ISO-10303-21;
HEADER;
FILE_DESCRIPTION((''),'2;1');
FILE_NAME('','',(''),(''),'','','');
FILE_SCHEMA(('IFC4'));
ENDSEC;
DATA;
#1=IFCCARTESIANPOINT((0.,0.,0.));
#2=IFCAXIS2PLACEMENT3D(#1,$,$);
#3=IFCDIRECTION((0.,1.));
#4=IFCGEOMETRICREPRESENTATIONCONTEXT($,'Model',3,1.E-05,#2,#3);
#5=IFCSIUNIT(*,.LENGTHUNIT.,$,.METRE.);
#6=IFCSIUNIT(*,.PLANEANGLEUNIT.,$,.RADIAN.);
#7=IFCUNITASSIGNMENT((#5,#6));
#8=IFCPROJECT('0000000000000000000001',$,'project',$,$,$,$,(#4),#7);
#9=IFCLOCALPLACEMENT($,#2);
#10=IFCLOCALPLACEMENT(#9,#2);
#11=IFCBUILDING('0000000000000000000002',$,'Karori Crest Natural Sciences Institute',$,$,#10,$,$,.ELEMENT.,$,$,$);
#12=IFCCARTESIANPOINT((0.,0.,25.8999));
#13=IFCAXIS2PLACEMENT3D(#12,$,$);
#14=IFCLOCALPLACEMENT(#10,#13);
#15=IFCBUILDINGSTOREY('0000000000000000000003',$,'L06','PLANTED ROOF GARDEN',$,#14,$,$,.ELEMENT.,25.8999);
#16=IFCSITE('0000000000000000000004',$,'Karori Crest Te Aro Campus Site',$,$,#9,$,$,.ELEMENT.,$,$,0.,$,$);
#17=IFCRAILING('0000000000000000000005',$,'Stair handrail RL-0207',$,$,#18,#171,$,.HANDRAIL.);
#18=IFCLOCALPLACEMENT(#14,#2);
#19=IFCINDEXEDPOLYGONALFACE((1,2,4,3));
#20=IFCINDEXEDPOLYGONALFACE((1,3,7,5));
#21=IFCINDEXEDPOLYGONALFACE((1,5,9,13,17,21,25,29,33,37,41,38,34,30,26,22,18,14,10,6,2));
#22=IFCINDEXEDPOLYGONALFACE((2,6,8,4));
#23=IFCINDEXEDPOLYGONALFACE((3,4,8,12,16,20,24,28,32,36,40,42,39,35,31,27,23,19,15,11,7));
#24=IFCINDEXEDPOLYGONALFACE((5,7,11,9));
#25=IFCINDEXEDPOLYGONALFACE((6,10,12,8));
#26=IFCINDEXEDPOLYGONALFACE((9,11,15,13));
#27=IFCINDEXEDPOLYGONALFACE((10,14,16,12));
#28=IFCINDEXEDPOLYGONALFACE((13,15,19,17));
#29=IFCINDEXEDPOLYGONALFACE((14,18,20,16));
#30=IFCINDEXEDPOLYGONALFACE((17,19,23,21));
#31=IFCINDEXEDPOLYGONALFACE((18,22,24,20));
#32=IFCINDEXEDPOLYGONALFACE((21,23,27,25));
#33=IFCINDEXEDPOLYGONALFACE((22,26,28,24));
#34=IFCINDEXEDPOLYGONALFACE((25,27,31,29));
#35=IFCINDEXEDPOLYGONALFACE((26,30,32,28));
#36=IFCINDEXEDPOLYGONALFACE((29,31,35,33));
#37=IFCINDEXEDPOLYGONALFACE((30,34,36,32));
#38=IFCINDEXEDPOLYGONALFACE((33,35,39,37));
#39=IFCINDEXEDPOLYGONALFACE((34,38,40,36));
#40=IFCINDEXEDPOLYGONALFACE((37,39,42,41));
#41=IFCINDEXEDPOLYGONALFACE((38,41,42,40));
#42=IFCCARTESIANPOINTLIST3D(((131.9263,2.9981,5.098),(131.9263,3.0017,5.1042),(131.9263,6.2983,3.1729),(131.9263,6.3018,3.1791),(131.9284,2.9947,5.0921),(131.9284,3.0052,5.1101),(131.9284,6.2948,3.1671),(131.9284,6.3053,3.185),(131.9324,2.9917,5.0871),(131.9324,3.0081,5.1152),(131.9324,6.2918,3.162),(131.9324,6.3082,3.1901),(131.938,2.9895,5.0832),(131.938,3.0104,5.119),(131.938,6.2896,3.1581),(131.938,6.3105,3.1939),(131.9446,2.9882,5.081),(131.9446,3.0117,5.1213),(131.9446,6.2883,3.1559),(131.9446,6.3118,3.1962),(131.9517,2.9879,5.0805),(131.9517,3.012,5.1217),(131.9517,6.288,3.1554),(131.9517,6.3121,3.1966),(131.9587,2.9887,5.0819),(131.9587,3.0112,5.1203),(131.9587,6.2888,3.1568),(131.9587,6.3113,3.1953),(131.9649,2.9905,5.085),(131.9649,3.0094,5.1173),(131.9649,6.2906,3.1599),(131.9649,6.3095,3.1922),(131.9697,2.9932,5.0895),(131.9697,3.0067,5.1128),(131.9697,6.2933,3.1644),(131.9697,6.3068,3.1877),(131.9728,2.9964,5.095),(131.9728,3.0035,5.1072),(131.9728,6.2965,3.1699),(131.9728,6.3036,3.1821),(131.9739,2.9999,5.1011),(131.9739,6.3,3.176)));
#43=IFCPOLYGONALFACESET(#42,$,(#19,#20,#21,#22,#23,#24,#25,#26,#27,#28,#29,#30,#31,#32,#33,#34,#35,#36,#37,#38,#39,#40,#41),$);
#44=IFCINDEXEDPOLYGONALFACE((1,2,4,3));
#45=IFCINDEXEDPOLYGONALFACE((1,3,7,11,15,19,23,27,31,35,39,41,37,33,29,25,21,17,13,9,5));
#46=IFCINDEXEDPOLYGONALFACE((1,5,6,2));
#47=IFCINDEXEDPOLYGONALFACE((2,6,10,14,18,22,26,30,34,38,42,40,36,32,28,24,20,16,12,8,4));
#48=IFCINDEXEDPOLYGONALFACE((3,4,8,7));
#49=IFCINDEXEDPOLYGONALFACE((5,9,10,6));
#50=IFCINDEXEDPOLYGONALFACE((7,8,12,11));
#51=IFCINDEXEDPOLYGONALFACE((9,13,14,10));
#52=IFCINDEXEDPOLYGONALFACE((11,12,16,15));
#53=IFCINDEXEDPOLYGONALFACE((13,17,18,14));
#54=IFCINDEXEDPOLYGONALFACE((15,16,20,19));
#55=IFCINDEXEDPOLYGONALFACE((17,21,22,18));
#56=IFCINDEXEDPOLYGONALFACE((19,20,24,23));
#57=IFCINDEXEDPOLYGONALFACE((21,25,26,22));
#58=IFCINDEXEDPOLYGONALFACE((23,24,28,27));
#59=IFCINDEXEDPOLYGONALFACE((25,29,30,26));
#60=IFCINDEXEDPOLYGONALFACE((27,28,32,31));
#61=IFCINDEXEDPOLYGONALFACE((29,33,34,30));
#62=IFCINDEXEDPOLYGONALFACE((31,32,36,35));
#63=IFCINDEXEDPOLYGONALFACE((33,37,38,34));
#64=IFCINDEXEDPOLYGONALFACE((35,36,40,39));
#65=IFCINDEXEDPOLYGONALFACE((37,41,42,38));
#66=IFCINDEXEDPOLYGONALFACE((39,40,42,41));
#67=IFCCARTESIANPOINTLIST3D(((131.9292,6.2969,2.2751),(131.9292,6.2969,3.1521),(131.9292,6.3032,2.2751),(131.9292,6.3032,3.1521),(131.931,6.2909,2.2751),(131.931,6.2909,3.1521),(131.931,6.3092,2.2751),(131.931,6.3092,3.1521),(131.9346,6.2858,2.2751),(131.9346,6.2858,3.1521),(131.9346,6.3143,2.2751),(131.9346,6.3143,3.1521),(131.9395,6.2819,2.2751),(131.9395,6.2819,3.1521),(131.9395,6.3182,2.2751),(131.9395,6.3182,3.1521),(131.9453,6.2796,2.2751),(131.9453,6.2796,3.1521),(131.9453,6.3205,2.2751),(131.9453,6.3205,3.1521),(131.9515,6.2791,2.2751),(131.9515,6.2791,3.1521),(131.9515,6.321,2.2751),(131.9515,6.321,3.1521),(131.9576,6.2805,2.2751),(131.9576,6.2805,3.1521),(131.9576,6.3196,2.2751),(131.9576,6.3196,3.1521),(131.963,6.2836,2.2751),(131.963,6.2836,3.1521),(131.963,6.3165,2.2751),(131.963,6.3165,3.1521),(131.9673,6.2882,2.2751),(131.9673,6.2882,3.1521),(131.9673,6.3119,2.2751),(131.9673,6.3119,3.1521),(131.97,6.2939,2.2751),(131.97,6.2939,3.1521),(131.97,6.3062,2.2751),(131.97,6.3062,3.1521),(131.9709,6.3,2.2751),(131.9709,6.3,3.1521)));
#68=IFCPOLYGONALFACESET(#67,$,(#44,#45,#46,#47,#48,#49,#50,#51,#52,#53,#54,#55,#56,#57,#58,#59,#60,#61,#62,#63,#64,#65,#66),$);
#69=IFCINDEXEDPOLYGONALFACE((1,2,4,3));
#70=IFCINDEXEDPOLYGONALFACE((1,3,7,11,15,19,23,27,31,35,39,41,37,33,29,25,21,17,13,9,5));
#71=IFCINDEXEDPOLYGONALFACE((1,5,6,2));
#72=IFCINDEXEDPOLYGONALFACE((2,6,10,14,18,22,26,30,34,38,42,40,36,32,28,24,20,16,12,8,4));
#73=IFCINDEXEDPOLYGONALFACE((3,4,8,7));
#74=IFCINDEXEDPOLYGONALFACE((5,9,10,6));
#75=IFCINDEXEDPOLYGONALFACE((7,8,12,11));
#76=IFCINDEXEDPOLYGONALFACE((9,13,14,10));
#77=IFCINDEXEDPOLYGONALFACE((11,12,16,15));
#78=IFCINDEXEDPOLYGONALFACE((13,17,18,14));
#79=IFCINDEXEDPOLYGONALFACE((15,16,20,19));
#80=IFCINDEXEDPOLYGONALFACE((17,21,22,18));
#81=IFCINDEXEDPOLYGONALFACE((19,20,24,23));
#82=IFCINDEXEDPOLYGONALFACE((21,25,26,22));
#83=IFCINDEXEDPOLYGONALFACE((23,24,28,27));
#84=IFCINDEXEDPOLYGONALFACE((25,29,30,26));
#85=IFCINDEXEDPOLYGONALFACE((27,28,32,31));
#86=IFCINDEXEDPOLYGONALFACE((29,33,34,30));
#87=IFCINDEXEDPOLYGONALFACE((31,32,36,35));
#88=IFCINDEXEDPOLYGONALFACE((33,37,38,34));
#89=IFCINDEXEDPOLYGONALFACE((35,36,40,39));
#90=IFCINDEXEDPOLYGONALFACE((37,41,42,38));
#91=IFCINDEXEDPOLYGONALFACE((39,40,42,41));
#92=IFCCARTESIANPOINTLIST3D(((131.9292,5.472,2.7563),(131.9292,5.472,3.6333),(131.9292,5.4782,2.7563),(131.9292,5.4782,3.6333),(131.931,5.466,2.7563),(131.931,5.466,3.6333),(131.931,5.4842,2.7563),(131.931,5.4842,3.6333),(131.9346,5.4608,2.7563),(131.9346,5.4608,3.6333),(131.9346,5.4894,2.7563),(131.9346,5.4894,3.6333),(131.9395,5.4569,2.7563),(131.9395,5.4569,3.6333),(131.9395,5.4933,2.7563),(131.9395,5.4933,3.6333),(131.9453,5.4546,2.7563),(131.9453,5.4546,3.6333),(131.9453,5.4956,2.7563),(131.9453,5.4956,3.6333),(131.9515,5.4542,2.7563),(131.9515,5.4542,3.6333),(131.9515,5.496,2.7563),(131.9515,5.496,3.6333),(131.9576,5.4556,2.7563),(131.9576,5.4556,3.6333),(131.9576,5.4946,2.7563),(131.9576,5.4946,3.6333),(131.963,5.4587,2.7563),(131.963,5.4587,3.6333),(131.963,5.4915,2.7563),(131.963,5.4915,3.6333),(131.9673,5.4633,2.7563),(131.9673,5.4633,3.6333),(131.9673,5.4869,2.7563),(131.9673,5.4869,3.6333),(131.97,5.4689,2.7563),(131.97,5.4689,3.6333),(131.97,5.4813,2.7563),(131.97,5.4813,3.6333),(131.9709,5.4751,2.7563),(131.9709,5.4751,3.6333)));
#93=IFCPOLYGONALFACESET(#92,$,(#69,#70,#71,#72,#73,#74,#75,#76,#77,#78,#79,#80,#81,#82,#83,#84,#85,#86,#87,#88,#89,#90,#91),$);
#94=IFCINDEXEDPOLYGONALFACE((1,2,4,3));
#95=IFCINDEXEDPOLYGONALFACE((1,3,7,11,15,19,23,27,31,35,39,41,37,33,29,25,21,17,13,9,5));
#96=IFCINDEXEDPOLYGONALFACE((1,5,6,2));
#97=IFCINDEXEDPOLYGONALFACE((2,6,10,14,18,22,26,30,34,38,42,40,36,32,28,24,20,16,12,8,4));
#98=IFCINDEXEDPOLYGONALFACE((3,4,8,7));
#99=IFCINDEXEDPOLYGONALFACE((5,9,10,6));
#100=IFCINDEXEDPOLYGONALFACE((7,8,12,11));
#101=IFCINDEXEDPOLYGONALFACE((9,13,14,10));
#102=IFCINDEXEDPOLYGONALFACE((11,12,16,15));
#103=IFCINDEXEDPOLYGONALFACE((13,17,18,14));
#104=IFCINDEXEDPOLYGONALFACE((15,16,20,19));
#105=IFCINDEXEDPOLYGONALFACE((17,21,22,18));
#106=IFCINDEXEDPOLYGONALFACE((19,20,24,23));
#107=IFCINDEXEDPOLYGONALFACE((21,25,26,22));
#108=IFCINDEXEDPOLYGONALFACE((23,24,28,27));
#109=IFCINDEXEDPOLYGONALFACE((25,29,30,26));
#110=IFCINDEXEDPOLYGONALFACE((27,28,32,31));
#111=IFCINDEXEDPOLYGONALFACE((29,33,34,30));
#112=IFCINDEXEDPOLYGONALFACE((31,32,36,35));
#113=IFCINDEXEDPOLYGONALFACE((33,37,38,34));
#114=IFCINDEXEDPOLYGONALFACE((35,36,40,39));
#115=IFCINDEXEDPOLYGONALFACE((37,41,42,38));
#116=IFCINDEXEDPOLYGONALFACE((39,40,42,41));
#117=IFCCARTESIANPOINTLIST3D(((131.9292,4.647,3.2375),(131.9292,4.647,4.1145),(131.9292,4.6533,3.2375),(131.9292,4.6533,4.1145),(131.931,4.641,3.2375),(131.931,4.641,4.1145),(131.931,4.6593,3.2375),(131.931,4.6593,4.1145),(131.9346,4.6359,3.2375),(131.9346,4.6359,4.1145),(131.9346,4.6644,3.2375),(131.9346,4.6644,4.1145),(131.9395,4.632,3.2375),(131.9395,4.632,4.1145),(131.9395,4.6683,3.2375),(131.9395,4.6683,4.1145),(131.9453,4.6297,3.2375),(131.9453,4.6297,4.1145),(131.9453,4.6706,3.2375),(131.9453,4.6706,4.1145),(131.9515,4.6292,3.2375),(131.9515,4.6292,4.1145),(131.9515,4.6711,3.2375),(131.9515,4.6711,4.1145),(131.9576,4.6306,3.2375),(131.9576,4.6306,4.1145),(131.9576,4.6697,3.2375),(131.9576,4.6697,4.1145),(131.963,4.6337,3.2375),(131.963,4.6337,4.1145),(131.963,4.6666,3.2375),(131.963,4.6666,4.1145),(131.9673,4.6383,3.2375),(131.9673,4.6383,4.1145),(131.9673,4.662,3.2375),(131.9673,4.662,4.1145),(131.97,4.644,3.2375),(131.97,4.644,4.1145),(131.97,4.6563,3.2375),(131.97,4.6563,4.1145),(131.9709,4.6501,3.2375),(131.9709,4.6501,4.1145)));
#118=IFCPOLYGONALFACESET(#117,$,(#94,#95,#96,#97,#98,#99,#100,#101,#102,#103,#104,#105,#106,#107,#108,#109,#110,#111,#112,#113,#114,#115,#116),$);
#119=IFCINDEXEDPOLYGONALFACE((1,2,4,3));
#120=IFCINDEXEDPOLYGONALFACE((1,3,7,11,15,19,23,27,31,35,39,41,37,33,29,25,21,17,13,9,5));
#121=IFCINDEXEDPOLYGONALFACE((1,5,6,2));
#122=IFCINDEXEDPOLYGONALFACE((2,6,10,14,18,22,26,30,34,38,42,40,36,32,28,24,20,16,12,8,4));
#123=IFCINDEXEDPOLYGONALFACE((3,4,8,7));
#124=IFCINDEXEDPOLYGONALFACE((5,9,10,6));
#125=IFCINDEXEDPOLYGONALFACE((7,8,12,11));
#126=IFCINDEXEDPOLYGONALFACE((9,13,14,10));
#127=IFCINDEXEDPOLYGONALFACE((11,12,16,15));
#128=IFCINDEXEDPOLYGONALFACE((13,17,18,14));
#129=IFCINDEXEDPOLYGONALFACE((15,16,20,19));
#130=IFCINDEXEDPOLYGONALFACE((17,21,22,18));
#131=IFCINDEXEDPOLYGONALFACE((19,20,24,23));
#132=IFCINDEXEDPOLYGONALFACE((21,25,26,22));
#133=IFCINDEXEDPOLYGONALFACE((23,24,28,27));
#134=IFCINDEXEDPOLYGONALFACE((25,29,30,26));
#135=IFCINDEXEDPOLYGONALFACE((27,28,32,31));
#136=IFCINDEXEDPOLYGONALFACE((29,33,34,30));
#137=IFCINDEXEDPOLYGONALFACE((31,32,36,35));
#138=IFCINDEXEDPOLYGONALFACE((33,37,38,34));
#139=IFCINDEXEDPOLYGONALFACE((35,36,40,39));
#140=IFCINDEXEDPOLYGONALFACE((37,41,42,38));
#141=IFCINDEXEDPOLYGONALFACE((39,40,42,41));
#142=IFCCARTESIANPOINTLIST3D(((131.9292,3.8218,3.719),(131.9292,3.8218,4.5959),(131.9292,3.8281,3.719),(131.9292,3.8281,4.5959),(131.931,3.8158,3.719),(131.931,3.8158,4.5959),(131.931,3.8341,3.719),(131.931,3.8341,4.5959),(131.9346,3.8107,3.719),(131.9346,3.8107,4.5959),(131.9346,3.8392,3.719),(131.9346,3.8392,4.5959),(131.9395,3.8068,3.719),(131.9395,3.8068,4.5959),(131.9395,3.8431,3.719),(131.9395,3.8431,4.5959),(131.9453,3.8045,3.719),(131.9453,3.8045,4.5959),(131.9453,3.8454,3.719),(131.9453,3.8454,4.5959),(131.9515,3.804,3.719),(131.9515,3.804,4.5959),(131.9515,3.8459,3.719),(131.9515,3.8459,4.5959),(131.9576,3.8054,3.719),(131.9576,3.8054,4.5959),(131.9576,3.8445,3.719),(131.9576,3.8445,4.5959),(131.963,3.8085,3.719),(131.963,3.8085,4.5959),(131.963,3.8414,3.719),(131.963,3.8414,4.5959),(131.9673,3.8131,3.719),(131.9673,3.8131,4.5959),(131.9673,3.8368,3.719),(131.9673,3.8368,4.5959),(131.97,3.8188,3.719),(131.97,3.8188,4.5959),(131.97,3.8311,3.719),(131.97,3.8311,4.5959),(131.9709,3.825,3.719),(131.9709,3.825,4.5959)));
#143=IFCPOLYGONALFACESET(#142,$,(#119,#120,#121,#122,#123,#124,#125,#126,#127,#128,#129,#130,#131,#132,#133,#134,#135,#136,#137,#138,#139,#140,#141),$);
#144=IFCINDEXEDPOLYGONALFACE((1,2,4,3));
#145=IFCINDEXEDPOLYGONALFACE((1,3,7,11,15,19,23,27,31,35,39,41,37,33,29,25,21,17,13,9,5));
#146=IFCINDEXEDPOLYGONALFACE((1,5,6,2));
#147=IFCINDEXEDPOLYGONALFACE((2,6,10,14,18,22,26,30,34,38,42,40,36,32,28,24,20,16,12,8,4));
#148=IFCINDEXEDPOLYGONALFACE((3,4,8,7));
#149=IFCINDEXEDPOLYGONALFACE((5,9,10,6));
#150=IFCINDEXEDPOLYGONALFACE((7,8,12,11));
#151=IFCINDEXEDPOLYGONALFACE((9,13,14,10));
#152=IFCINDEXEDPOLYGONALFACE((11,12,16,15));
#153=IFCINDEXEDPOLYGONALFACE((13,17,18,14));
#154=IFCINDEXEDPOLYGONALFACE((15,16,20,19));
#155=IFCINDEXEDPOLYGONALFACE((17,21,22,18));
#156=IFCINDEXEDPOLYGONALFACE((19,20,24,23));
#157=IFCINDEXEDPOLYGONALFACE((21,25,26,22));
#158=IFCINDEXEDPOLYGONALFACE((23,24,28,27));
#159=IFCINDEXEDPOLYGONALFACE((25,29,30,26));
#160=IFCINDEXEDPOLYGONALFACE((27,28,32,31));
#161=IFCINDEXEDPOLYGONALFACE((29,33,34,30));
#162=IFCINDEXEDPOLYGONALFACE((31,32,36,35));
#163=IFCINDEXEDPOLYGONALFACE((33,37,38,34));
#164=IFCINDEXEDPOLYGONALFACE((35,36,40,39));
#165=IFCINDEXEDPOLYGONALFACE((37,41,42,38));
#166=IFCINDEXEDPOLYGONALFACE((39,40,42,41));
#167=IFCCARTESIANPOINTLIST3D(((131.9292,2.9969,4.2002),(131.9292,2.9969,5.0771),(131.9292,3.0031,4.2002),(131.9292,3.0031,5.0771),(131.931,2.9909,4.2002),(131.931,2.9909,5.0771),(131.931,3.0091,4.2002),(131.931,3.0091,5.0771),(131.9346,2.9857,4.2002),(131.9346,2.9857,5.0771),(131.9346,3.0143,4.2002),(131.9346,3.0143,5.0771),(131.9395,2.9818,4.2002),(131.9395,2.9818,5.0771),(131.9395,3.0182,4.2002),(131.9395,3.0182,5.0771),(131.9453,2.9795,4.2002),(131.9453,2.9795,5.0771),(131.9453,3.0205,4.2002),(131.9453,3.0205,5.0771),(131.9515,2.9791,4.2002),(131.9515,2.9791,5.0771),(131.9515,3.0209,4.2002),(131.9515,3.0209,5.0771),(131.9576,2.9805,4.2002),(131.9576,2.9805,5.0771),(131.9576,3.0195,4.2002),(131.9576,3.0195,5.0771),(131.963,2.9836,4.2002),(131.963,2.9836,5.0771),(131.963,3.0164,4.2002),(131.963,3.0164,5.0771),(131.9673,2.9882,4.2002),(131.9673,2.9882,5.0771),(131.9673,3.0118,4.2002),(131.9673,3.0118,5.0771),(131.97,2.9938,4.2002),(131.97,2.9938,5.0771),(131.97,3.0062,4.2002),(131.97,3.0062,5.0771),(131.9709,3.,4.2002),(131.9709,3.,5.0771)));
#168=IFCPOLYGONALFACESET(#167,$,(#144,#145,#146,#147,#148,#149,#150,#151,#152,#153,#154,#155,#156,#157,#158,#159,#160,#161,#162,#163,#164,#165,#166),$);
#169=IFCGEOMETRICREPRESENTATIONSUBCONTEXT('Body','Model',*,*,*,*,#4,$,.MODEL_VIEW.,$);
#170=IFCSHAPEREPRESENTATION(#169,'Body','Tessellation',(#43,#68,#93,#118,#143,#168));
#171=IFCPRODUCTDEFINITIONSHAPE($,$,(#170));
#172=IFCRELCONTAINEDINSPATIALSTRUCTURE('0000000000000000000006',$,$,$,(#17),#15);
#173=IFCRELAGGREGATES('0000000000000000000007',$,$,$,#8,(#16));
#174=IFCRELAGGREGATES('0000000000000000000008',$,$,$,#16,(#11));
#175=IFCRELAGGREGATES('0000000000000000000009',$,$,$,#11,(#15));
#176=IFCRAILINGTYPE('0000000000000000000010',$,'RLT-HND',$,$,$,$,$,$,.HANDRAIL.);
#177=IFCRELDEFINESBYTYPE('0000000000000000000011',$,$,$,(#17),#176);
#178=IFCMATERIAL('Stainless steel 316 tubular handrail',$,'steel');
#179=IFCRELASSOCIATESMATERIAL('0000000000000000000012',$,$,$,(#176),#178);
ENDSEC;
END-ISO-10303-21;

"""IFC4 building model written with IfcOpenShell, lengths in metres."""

from ifc_helpers import new_model, si_unit, direction, frame, origin, origin_2d, place, context, subcontext, project, spatial, circle, extrude, material, type_object, element, save


model = new_model("IFC4")

# Units and contexts
model_context = context("Model", 3, precision=1e-05, world=origin(), true_north=direction((0.0, 1.0)))
body_context = subcontext(model_context, "Body", "Model", "MODEL_VIEW")
ifc_project = project(units=[si_unit("LENGTHUNIT", "METRE"), si_unit("PLANEANGLEUNIT", "RADIAN")], contexts=[model_context])

# Site, building, storey
site_placement = place(None, origin())
site = spatial("IfcSite", under=ifc_project, at=site_placement, Name="Karori Crest Te Aro Campus Site", CompositionType="ELEMENT", RefElevation=0.0)
building_placement = place(site_placement, origin())
building = spatial("IfcBuilding", under=site, at=building_placement, Name="Karori Crest Natural Sciences Institute", CompositionType="ELEMENT")
storey_placement = place(building_placement, frame((0.0, 0.0, 25.8999)))
storey = spatial("IfcBuildingStorey", under=building, at=storey_placement, Name="L06", Description="PLANTED ROOF GARDEN", CompositionType="ELEMENT", Elevation=25.8999)

# Railing
ifc_material_1 = material(Name="Stainless steel 316 tubular handrail", Category="steel")
railing_type_1 = type_object("IfcRailingType", Name="RLT-HND", PredefinedType="HANDRAIL", material=ifc_material_1)
railing_1_placement = place(storey_placement, frame((131.95, 6.3, 2.2751)))
element("IfcRailing", 1, at=railing_1_placement, inside=storey, type_object=railing_type_1, Name="Stair handrail RL-0207", PredefinedType="HANDRAIL", context=body_context, shape_type="SweptSolid", body=[
    extrude(circle(Radius=0.0239, at=origin_2d()), frame((0.0, 0.0, 0.9009), z_axis=(0.0, -0.863777, 0.503875), x_axis=(1.0, 0.0, 0.0)), (0.0, 0.0, 1.0), 3.8206),
    extrude(circle(Radius=0.021, at=origin_2d()), origin(), (0.0, 0.0, 1.0), 0.877),
    extrude(circle(Radius=0.021, at=origin_2d()), frame((0.0, -0.825, 0.4812)), (0.0, 0.0, 1.0), 0.877),
    extrude(circle(Radius=0.021, at=origin_2d()), frame((0.0, -1.6499, 0.9624)), (0.0, 0.0, 1.0), 0.877),
    extrude(circle(Radius=0.021, at=origin_2d()), frame((0.0, -2.4751, 1.4438)), (0.0, 0.0, 1.0), 0.877),
    extrude(circle(Radius=0.021, at=origin_2d()), frame((0.0, -3.3, 1.925)), (0.0, 0.0, 1.0), 0.877),
])

save(model, "model.ifc")
